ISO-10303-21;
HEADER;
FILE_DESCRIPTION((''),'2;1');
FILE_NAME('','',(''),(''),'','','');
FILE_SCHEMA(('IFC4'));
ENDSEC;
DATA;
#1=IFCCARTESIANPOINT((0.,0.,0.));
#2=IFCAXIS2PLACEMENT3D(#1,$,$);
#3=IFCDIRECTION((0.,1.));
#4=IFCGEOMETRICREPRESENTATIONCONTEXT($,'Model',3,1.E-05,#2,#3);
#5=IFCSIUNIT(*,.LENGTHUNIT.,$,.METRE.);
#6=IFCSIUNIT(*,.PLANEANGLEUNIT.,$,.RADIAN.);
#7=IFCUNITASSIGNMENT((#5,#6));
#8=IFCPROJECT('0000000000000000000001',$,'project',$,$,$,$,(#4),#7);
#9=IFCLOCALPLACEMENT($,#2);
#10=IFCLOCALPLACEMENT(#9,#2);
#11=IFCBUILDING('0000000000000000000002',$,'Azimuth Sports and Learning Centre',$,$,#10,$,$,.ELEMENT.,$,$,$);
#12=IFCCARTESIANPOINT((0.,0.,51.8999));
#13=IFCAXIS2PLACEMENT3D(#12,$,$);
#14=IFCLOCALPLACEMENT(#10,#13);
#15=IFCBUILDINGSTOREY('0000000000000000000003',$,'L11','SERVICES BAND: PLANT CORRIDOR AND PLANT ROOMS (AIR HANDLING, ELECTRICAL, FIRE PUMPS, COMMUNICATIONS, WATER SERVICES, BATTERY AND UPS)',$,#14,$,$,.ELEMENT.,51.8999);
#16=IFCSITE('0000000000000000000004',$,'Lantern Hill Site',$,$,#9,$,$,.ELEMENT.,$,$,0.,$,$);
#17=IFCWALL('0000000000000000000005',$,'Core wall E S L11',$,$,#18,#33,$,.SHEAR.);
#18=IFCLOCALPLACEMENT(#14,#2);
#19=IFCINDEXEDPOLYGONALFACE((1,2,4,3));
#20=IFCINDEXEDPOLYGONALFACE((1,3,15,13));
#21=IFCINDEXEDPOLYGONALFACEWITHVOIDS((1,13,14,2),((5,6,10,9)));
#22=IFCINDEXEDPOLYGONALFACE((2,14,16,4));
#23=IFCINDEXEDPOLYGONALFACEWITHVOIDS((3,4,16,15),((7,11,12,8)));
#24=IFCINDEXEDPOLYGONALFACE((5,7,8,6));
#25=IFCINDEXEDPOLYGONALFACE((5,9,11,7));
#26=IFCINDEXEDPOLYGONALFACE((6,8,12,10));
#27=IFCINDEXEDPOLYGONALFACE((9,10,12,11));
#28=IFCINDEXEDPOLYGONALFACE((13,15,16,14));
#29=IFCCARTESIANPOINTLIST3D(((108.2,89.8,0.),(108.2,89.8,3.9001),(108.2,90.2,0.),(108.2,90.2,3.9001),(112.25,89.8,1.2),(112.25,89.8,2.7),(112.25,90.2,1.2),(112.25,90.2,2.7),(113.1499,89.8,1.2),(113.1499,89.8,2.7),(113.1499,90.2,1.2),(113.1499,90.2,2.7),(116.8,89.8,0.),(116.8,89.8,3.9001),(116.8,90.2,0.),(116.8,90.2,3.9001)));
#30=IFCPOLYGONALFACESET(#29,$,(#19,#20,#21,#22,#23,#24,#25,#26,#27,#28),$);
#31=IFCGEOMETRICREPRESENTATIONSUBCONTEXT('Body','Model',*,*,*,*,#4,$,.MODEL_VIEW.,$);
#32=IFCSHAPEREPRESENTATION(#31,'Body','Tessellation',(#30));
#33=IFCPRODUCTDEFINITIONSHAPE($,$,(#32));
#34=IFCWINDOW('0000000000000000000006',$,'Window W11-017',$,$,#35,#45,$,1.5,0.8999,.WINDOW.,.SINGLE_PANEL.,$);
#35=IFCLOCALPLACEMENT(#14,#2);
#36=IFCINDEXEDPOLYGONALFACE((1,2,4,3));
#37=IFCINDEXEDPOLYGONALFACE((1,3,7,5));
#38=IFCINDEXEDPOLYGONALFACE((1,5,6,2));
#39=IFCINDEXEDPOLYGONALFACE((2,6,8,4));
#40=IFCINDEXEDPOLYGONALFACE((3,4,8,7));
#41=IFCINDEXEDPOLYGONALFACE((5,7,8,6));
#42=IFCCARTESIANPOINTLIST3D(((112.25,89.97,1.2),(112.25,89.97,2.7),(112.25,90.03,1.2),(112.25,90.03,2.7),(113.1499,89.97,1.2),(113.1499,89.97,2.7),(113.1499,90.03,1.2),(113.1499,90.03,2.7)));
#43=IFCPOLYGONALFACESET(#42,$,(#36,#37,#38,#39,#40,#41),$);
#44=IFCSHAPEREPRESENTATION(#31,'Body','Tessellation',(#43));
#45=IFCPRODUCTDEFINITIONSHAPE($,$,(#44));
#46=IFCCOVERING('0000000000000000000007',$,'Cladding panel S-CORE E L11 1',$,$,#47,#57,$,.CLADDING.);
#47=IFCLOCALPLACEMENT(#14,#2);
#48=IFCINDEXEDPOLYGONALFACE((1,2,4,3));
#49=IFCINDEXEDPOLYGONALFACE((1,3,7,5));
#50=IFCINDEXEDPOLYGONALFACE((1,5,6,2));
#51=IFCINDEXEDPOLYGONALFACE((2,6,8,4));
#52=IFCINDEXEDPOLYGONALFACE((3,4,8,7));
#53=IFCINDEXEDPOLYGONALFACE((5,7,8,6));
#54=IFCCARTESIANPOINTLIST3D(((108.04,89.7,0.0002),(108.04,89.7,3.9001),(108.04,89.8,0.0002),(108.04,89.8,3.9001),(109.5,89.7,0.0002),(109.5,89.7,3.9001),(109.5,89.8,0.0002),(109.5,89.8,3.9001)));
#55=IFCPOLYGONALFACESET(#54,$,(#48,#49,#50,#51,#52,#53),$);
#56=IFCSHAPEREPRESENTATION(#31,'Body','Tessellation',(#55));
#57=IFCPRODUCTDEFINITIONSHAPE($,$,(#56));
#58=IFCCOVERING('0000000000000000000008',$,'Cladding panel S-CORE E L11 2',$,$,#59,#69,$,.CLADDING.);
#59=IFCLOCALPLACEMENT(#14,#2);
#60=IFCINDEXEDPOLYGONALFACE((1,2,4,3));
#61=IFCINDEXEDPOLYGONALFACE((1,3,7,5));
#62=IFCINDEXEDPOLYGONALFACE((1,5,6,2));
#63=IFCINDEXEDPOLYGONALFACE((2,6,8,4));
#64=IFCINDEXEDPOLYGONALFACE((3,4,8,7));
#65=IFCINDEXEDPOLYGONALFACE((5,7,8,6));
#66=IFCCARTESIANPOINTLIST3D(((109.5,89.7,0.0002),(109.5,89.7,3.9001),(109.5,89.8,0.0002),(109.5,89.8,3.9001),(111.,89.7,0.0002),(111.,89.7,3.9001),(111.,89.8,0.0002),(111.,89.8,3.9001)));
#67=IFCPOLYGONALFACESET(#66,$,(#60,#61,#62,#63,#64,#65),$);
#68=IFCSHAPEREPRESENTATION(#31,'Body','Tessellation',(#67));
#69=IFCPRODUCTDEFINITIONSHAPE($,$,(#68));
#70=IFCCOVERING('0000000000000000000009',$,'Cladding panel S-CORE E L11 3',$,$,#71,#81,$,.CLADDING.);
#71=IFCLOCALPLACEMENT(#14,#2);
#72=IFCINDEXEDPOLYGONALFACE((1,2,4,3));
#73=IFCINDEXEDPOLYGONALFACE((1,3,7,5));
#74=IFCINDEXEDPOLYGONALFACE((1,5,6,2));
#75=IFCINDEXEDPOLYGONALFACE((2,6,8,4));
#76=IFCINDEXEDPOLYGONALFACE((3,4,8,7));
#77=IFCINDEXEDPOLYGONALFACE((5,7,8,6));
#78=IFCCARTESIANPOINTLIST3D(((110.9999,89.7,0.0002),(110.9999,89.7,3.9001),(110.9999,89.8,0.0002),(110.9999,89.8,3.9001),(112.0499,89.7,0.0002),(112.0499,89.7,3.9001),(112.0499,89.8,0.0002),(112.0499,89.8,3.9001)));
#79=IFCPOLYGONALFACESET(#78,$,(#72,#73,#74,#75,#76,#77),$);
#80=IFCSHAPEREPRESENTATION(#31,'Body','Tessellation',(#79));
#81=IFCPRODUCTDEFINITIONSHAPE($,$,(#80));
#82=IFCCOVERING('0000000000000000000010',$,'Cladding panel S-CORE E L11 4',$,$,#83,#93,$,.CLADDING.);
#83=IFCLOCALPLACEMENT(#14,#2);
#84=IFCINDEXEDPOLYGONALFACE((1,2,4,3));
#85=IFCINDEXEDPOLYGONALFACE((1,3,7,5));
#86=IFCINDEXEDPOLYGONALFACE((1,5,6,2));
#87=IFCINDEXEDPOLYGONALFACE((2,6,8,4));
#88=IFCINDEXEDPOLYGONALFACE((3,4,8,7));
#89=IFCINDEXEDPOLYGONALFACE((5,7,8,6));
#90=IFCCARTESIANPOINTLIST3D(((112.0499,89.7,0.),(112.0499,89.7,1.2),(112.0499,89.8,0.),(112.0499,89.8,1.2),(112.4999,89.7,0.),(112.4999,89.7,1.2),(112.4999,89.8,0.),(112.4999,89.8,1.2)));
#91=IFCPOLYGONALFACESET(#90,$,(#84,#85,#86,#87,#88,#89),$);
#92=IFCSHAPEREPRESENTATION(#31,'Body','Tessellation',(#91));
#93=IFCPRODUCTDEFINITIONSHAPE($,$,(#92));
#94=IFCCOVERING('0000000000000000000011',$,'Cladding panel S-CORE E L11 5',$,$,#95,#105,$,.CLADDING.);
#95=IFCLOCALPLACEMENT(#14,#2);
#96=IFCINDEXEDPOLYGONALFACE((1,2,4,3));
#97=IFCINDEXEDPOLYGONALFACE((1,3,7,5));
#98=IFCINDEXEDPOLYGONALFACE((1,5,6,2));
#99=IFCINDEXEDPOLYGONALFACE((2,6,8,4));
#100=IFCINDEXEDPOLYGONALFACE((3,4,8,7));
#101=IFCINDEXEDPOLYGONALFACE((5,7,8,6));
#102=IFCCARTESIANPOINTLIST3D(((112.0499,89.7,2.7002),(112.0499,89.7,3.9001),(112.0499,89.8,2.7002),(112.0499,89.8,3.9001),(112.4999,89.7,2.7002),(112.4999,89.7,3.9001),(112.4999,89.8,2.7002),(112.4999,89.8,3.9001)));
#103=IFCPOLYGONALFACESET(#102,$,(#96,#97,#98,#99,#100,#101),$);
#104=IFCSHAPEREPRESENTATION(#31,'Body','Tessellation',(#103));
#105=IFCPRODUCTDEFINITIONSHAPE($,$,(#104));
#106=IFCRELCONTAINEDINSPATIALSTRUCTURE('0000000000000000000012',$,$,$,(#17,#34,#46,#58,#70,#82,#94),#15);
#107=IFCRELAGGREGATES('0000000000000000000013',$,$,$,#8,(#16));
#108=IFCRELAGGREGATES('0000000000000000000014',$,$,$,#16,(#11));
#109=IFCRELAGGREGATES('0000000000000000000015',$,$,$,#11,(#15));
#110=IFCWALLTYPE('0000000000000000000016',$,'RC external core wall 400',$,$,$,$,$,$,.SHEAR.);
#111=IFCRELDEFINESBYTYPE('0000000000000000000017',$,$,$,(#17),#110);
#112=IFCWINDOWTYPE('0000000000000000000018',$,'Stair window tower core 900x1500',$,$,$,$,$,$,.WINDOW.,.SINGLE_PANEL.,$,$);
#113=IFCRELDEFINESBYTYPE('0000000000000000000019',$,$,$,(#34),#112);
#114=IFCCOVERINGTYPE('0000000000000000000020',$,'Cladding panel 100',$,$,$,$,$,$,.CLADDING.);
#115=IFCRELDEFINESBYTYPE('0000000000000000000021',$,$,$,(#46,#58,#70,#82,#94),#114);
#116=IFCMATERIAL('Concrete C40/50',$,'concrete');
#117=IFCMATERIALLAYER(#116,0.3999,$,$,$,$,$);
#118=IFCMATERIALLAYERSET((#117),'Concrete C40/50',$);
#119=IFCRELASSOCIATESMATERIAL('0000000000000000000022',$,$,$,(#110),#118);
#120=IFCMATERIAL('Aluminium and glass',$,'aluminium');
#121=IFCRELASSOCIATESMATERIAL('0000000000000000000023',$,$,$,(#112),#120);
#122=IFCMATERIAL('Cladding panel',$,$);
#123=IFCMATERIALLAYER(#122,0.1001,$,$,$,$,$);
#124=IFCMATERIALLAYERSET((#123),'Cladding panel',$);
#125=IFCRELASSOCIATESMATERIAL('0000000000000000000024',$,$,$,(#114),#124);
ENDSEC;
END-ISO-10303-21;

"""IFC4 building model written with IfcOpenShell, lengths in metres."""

from ifc_helpers import new_model, si_unit, direction, frame, frame_2d, origin, origin_2d, place, context, subcontext, project, spatial, rectangle, extrude, material, layer, layer_set, type_object, element, fill, save


model = new_model("IFC4")

# Units and contexts
model_context = context("Model", 3, precision=1e-05, world=origin(), true_north=direction((0.0, 1.0)))
body_context = subcontext(model_context, "Body", "Model", "MODEL_VIEW")
ifc_project = project(units=[si_unit("LENGTHUNIT", "METRE"), si_unit("PLANEANGLEUNIT", "RADIAN")], contexts=[model_context])

# Site, building, storey
site_placement = place(None, origin())
site = spatial("IfcSite", under=ifc_project, at=site_placement, Name="Lantern Hill Site", CompositionType="ELEMENT", RefElevation=0.0)
building_placement = place(site_placement, origin())
building = spatial("IfcBuilding", under=site, at=building_placement, Name="Azimuth Sports and Learning Centre", CompositionType="ELEMENT")
storey_placement = place(building_placement, frame((0.0, 0.0, 51.8999)))
storey = spatial("IfcBuildingStorey", under=building, at=storey_placement, Name="L11", Description="SERVICES BAND: PLANT CORRIDOR AND PLANT ROOMS (AIR HANDLING, ELECTRICAL, FIRE PUMPS, COMMUNICATIONS, WATER SERVICES, BATTERY AND UPS)", CompositionType="ELEMENT", Elevation=51.8999)

# Wall, opening, window
ifc_material_1 = material(Name="Concrete C40/50", Category="concrete")
ifc_layer_1 = layer(ifc_material_1, 0.3999)
ifc_layer_set_1 = layer_set([ifc_layer_1], Name="Concrete C40/50")
wall_type_1 = type_object("IfcWallType", Name="RC external core wall 400", PredefinedType="SHEAR", material=ifc_layer_set_1)
wall_1_placement = place(storey_placement, frame((108.2, 90.0, 0.0), z_axis=(0.0, 0.0, 1.0), x_axis=(1.0, 0.0, 0.0)))
wall_1 = element("IfcWall", 1, at=wall_1_placement, inside=storey, type_object=wall_type_1, Name="Core wall E S L11", PredefinedType="SHEAR", context=body_context, shape_type="SweptSolid", body=[
    extrude(rectangle(XDim=8.6001, YDim=0.3999, at=frame_2d((4.3, 0.0))), origin(), (0.0, 0.0, 1.0), 3.9001),
])
opening_1_placement = place(wall_1_placement, frame((4.05, 0.0, 1.2)))
opening_1 = element("IfcOpeningElement", 2, at=opening_1_placement, cuts=wall_1, PredefinedType="OPENING", context=body_context, shape_type="SweptSolid", body=[
    extrude(rectangle(XDim=0.8999, YDim=1.5, at=frame_2d((0.45, 0.75))), frame((0.0, 0.2109, 0.0), z_axis=(0.0, -1.0, 0.0), x_axis=(1.0, 0.0, 0.0)), (0.0, 0.0, 1.0), 0.4219),
])
ifc_material_2 = material(Name="Aluminium and glass", Category="aluminium")
window_type = type_object("IfcWindowType", Name="Stair window tower core 900x1500", PartitioningType="SINGLE_PANEL", PredefinedType="WINDOW", material=ifc_material_2)
window_placement = place(opening_1_placement, origin())
window = element("IfcWindow", 3, at=window_placement, inside=storey, type_object=window_type, Name="Window W11-017", OverallHeight=1.5, OverallWidth=0.8999, PartitioningType="SINGLE_PANEL", PredefinedType="WINDOW", context=body_context, shape_type="SweptSolid", body=[
    extrude(rectangle(XDim=0.8999, YDim=1.5, at=frame_2d((0.45, 0.75))), frame((0.0, 0.03, 0.0), z_axis=(0.0, -1.0, 0.0), x_axis=(1.0, 0.0, 0.0)), (0.0, 0.0, 1.0), 0.0601),
])
fill(opening_1, window)

# Coverings
ifc_material_3 = material(Name="Cladding panel")
ifc_layer_2 = layer(ifc_material_3, 0.1001)
ifc_layer_set_2 = layer_set([ifc_layer_2], Name="Cladding panel")
covering_type = type_object("IfcCoveringType", Name="Cladding panel 100", PredefinedType="CLADDING", material=ifc_layer_set_2)
covering_1_placement = place(storey_placement, frame((108.77, 89.75, 0.0002), z_axis=(0.0, 0.0, 1.0), x_axis=(1.0, 0.0, 0.0)))
element("IfcCovering", 4, at=covering_1_placement, inside=storey, type_object=covering_type, Name="Cladding panel S-CORE E L11 1", PredefinedType="CLADDING", context=body_context, shape_type="SweptSolid", body=[
    extrude(rectangle(XDim=1.46, YDim=0.1001, at=origin_2d()), origin(), (0.0, 0.0, 1.0), 3.8999),
])
covering_2_placement = place(storey_placement, frame((110.25, 89.75, 0.0002), z_axis=(0.0, 0.0, 1.0), x_axis=(1.0, 0.0, 0.0)))
element("IfcCovering", 5, at=covering_2_placement, inside=storey, type_object=covering_type, Name="Cladding panel S-CORE E L11 2", PredefinedType="CLADDING", context=body_context, shape_type="SweptSolid", body=[
    extrude(rectangle(XDim=1.5, YDim=0.1001, at=origin_2d()), origin(), (0.0, 0.0, 1.0), 3.8999),
])
covering_3_placement = place(storey_placement, frame((111.5249, 89.75, 0.0002), z_axis=(0.0, 0.0, 1.0), x_axis=(1.0, 0.0, 0.0)))
element("IfcCovering", 6, at=covering_3_placement, inside=storey, type_object=covering_type, Name="Cladding panel S-CORE E L11 3", PredefinedType="CLADDING", context=body_context, shape_type="SweptSolid", body=[
    extrude(rectangle(XDim=1.05, YDim=0.1001, at=origin_2d()), origin(), (0.0, 0.0, 1.0), 3.8999),
])
for number, where, z_axis, x_axis, name in (
    (7, (112.2749, 89.75, 0.0), (0.0, 0.0, 1.0), (1.0, 0.0, 0.0), "Cladding panel S-CORE E L11 4"),
    (8, (112.2749, 89.75, 2.7002), (0.0, 0.0, 1.0), (1.0, 0.0, 0.0), "Cladding panel S-CORE E L11 5"),
):
    element("IfcCovering", number, at=place(storey_placement, frame(where, z_axis=z_axis, x_axis=x_axis)), inside=storey, type_object=covering_type, Name=name, PredefinedType="CLADDING", context=body_context, shape_type="SweptSolid", body=[
        extrude(rectangle(XDim=0.45, YDim=0.1001, at=origin_2d()), origin(), (0.0, 0.0, 1.0), 1.2),
    ])

save(model, "model.ifc")
